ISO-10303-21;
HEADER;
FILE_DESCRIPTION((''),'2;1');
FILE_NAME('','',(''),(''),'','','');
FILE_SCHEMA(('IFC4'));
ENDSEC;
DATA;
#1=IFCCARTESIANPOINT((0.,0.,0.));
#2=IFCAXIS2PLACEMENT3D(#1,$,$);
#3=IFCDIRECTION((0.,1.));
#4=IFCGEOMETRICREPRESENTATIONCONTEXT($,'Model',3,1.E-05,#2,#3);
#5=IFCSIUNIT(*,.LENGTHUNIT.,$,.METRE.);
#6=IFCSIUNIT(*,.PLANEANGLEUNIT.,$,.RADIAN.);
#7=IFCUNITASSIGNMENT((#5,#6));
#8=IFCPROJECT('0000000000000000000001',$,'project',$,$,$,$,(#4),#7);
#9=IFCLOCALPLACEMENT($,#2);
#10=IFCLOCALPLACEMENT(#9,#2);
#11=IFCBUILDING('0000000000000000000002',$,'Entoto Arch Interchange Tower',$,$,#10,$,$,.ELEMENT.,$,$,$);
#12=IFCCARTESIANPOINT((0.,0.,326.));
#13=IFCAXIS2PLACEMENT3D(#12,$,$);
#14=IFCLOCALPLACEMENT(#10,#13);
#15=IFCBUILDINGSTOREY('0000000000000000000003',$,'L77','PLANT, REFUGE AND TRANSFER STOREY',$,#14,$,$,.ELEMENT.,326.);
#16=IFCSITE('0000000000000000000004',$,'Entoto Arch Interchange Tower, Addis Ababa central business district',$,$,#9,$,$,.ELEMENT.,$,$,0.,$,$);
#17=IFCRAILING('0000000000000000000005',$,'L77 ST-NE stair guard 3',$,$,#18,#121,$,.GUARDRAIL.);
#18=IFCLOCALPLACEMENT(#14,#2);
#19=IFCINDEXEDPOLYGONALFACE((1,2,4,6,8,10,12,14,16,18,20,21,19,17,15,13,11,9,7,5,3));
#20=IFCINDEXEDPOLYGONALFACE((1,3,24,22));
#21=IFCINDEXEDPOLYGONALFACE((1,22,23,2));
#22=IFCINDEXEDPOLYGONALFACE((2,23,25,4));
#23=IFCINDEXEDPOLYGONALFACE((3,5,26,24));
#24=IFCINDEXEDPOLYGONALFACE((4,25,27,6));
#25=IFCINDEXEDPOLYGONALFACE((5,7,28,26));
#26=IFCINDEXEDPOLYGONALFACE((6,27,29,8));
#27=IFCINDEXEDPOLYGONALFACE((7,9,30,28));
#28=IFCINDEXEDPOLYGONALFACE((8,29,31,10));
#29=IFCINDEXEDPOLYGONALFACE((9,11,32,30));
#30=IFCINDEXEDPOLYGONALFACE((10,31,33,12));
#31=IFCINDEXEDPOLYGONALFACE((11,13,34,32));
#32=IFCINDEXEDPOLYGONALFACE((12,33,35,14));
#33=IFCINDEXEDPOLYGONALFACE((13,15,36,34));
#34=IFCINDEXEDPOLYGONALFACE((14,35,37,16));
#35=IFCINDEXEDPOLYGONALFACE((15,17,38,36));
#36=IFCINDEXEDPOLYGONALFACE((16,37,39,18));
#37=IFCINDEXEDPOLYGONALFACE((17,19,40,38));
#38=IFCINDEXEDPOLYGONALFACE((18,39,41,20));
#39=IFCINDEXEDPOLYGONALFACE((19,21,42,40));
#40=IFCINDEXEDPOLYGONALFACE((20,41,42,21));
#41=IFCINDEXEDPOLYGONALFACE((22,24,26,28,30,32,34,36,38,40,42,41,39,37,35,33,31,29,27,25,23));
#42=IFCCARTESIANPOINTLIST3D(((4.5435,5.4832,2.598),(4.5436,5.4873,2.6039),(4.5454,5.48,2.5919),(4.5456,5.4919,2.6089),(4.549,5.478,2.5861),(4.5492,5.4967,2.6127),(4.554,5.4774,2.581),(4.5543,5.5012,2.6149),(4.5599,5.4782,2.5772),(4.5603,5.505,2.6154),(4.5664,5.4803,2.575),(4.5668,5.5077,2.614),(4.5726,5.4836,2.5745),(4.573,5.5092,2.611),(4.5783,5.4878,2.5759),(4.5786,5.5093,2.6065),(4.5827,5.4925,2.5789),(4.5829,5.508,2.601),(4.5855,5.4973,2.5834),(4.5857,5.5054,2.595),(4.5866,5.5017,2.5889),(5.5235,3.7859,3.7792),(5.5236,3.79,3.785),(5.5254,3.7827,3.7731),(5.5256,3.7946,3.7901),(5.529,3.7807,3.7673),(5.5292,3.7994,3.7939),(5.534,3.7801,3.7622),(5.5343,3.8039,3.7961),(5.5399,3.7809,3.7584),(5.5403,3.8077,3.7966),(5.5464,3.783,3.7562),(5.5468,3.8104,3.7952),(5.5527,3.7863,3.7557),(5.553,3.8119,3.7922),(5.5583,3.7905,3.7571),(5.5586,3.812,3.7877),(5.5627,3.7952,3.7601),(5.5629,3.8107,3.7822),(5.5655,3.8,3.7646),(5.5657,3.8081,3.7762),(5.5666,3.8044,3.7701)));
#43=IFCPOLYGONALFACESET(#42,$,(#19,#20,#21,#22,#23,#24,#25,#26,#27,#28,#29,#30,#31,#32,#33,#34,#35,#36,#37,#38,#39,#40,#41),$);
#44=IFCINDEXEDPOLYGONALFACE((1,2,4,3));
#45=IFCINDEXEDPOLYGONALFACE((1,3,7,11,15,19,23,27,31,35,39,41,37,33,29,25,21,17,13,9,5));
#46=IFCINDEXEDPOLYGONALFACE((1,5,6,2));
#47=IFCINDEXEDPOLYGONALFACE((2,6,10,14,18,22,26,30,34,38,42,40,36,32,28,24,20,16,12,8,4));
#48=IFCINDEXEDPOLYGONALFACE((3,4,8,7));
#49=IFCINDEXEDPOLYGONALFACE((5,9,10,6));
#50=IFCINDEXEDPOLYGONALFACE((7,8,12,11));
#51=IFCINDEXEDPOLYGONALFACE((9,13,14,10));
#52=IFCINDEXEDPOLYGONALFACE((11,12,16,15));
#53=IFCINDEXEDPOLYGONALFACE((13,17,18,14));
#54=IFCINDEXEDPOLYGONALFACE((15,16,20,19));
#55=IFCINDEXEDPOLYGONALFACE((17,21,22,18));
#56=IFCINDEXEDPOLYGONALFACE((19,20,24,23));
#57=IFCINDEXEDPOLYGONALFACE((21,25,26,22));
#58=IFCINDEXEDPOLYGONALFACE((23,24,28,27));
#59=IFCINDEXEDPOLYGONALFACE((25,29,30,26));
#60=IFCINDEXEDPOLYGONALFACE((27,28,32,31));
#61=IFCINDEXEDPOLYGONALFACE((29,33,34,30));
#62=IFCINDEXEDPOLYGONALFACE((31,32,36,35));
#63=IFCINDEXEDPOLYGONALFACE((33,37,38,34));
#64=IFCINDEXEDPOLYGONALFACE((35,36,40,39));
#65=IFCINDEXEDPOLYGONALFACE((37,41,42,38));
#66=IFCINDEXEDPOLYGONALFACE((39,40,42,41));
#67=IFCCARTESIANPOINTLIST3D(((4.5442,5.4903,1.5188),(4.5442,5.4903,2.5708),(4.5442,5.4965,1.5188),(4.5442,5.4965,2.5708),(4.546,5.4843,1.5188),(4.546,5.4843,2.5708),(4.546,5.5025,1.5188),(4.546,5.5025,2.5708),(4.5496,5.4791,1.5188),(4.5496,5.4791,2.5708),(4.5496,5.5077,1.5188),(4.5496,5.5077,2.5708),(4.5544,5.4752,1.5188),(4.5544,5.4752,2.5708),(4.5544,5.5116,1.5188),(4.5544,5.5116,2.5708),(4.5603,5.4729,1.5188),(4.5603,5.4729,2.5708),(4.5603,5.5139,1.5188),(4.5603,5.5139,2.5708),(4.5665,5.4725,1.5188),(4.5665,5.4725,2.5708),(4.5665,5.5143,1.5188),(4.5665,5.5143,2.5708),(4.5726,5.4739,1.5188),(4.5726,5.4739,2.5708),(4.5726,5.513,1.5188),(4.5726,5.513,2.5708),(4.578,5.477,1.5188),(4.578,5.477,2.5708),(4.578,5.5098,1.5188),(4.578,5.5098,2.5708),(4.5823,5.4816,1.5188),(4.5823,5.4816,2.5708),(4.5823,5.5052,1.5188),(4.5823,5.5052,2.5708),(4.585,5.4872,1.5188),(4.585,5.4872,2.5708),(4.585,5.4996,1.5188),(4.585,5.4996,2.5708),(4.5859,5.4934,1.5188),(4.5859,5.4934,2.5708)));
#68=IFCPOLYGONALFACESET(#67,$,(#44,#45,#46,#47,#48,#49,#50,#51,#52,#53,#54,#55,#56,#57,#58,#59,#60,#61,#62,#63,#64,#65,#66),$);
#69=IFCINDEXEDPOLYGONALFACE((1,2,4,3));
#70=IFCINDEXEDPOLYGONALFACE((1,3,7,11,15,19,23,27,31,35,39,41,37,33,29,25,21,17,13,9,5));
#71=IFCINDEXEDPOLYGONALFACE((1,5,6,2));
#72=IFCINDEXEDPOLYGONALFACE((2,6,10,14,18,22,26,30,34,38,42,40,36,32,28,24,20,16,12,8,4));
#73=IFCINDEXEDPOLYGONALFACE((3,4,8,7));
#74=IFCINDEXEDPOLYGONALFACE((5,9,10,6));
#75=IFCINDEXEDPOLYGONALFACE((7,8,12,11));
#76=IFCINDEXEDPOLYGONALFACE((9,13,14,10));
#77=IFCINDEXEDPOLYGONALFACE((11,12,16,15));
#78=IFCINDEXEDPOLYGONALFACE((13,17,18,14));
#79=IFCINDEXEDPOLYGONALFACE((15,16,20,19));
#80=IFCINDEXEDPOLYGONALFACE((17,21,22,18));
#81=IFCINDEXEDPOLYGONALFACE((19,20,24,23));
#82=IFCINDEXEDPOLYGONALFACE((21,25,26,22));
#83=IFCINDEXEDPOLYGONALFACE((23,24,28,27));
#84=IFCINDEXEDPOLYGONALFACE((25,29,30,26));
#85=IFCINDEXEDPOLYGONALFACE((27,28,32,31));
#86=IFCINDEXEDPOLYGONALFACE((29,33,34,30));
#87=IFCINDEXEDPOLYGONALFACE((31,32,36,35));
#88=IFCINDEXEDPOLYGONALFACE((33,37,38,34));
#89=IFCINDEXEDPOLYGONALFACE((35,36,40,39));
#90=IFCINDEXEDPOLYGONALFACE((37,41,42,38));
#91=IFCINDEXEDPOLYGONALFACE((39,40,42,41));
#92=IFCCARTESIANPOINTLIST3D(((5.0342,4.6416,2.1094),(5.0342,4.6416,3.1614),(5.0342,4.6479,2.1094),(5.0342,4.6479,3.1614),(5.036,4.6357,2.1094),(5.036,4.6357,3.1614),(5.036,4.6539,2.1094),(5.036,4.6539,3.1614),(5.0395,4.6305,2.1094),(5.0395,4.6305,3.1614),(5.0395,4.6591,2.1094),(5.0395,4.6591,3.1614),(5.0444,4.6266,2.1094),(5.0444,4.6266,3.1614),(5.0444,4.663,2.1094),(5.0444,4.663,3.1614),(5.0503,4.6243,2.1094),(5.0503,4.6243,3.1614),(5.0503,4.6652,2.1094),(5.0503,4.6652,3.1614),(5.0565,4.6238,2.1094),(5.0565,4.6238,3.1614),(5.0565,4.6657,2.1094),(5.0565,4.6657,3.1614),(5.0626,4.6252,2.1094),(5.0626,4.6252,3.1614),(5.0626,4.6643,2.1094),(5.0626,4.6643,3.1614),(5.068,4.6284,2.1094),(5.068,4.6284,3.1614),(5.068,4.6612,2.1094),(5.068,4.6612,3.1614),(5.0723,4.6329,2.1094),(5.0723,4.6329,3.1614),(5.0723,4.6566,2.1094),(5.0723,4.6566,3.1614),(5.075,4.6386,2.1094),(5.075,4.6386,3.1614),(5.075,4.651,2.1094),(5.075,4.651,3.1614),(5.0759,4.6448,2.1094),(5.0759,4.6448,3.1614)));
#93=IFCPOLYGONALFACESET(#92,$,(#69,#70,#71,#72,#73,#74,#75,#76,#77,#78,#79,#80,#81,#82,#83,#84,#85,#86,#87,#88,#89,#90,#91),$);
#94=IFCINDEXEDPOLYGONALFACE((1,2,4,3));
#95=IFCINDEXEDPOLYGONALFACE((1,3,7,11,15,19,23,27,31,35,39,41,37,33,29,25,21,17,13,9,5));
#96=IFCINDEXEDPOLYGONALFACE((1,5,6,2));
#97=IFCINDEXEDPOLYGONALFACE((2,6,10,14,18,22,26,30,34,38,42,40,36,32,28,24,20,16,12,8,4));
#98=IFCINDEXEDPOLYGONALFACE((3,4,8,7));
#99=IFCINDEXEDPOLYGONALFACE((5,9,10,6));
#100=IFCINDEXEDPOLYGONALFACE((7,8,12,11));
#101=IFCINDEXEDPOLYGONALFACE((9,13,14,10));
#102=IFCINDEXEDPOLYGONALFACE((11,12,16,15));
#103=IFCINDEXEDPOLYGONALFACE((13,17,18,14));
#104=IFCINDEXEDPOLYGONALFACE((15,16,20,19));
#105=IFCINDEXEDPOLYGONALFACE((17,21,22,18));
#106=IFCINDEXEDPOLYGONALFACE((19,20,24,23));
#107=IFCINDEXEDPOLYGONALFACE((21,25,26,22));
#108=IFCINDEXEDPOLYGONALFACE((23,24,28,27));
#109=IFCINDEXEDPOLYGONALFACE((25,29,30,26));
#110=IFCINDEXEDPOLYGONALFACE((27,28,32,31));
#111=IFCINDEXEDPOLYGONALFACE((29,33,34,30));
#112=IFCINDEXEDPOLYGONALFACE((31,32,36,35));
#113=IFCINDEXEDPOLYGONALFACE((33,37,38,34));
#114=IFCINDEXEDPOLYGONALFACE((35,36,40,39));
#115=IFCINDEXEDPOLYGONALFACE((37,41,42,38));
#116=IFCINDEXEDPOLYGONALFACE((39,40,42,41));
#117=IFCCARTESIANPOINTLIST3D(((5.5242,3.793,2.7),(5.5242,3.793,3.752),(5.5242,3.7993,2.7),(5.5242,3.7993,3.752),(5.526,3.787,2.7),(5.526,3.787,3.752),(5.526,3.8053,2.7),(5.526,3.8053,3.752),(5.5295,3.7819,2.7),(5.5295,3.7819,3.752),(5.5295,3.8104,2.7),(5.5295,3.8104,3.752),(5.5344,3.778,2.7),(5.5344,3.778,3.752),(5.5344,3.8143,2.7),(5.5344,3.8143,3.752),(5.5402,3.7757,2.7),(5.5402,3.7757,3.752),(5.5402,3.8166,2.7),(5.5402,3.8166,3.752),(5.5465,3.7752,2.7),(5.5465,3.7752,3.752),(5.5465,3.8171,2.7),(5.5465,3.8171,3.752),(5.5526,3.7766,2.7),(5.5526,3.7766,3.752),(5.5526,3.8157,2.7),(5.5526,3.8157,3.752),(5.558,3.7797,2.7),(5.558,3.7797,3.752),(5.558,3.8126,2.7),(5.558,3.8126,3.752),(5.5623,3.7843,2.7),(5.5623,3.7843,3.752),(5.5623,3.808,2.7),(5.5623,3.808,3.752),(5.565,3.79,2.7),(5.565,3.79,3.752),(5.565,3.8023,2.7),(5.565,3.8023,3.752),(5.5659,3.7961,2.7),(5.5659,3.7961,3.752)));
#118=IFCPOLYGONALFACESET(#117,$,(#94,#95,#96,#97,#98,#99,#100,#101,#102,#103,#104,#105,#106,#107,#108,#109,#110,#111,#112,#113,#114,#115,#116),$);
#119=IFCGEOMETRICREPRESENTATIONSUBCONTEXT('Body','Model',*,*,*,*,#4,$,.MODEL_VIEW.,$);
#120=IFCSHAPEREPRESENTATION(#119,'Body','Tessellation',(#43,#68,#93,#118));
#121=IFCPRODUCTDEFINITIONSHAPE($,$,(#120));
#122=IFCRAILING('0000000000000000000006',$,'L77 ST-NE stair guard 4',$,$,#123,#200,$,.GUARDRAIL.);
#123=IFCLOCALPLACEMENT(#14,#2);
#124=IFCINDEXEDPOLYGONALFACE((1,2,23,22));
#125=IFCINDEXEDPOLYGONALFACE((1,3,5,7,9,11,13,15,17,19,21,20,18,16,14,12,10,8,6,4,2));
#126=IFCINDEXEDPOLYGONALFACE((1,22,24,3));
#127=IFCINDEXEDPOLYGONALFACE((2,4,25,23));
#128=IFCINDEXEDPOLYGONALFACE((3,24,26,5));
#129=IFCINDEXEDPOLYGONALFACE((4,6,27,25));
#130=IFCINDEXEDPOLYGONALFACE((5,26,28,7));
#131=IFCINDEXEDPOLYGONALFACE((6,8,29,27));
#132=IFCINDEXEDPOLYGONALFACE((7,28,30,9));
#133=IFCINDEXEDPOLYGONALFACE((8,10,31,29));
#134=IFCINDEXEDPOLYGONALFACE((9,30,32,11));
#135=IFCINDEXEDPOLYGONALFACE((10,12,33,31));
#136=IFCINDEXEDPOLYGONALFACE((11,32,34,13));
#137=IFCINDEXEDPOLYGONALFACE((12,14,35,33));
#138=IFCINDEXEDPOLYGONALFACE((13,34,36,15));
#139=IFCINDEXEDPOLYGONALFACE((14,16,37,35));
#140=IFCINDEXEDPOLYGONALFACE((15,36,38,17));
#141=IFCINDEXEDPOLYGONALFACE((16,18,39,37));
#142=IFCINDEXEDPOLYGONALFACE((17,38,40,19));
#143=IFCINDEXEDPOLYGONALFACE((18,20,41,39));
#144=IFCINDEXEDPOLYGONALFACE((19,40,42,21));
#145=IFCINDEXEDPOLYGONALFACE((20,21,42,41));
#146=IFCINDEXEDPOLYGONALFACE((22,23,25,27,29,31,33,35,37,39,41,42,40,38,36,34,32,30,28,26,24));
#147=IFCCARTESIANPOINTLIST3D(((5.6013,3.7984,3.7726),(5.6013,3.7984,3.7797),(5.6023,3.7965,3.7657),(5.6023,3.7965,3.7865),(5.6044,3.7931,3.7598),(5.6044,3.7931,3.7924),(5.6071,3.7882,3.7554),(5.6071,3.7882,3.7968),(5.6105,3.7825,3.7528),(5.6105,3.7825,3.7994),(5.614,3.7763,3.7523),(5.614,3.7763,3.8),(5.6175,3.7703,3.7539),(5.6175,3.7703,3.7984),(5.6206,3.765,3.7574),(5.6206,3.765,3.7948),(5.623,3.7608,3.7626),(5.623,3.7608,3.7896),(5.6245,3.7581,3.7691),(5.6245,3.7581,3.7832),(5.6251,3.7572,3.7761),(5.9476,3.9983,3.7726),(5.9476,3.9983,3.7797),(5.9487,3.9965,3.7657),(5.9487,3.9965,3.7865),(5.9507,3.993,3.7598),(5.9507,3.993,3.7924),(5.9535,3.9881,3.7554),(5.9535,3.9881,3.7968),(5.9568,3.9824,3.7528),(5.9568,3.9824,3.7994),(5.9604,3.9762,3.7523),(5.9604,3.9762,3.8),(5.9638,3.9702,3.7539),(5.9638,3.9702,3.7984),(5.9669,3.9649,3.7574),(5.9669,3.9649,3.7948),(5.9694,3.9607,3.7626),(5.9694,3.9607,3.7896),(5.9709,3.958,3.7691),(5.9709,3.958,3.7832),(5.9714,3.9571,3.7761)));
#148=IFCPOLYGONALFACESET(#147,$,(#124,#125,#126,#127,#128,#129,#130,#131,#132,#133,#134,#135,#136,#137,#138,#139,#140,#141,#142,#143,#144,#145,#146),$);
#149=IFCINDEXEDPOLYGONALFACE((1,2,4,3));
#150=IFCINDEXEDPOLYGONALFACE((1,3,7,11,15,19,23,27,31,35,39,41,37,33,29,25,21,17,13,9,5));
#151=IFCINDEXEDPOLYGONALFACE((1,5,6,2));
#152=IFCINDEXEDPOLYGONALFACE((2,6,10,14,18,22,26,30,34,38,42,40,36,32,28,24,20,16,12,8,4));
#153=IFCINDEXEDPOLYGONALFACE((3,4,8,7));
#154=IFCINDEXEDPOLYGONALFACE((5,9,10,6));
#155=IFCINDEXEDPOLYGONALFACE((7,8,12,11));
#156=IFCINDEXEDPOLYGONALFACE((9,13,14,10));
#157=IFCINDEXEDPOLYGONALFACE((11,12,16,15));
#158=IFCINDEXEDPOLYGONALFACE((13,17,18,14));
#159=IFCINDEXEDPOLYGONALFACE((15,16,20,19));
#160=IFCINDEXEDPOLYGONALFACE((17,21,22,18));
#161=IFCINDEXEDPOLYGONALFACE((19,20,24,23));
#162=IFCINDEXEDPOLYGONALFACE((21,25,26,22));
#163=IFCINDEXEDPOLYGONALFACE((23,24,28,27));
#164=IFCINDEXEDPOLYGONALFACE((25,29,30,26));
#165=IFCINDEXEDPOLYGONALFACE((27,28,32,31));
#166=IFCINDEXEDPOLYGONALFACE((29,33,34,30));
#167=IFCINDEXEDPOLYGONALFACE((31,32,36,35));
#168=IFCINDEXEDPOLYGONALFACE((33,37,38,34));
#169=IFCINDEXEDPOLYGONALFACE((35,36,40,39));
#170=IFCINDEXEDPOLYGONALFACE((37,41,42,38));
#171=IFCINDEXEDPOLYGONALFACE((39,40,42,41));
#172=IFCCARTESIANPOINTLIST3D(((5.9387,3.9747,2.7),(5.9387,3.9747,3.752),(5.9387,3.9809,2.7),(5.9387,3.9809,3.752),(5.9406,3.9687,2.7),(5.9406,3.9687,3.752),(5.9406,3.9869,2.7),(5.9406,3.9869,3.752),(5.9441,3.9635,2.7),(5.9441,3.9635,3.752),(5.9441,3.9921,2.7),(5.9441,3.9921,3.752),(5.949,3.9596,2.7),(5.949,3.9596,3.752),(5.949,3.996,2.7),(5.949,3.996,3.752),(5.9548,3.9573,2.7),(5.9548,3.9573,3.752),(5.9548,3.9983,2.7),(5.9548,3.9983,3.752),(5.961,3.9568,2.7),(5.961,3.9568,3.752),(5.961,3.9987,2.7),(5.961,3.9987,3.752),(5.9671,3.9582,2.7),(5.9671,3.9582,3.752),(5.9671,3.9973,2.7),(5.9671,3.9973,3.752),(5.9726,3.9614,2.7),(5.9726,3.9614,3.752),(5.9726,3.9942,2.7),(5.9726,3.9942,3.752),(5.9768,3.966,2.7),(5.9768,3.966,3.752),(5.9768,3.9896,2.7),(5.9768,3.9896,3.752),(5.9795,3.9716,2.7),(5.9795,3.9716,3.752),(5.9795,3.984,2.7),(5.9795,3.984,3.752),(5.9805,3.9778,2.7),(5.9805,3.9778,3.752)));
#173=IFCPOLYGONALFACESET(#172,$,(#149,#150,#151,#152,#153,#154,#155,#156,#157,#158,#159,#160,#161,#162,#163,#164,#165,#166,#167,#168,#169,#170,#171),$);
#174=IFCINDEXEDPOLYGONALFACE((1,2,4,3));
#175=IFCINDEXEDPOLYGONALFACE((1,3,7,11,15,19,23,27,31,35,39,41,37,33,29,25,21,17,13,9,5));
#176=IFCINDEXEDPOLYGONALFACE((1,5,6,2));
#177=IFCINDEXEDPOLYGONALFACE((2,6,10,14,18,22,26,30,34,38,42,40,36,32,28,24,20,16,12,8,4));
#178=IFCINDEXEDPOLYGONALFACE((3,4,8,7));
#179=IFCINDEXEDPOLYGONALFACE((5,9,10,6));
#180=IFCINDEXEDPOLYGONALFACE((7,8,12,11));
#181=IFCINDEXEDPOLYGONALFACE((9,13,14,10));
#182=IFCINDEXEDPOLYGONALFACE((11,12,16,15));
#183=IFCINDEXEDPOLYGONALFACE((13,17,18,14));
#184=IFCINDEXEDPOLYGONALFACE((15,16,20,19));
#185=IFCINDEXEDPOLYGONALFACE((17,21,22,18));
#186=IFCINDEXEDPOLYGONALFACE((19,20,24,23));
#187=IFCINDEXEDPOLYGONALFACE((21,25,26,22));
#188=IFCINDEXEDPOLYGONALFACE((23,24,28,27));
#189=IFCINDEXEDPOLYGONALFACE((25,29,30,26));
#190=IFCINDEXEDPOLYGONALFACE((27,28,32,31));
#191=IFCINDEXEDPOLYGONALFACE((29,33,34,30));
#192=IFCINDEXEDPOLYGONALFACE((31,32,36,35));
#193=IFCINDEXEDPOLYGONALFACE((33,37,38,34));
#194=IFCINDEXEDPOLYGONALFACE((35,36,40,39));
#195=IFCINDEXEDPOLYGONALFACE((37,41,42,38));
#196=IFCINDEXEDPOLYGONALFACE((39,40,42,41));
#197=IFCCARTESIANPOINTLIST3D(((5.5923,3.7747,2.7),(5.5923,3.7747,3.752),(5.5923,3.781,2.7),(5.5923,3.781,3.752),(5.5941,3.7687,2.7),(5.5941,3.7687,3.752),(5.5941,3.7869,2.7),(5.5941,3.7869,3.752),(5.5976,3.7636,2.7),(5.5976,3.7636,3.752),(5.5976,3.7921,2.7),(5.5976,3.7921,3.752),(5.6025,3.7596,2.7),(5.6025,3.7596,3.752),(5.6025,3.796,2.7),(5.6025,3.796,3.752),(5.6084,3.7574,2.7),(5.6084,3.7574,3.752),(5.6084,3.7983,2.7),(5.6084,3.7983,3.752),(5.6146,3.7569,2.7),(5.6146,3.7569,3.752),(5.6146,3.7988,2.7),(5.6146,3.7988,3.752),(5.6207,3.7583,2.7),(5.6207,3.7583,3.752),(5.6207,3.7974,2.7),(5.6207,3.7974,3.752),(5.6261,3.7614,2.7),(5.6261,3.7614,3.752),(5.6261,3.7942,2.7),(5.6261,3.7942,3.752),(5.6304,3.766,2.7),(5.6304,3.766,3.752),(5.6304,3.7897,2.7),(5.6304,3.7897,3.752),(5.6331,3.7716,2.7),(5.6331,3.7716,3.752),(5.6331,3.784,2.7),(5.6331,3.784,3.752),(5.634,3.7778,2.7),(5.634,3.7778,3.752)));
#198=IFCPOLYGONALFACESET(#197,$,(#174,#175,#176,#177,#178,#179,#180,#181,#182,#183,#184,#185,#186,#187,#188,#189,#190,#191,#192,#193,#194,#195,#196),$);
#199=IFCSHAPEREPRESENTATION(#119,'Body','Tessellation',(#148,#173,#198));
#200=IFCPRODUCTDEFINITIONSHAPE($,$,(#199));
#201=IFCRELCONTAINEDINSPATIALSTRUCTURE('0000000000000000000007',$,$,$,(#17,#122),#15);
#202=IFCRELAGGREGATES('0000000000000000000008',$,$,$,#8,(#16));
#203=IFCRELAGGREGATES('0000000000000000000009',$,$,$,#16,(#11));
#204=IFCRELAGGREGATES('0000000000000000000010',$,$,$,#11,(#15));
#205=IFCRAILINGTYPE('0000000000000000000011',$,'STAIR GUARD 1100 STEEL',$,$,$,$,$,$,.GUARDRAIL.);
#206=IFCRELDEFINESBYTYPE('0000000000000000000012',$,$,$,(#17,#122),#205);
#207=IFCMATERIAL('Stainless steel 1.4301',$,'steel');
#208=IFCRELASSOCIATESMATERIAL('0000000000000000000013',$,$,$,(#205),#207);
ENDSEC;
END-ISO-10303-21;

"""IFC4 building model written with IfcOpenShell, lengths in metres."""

from ifc_helpers import new_model, si_unit, direction, frame, origin, origin_2d, place, context, subcontext, project, spatial, circle, extrude, material, type_object, element, save


model = new_model("IFC4")

# Units and contexts
model_context = context("Model", 3, precision=1e-05, world=origin(), true_north=direction((0.0, 1.0)))
body_context = subcontext(model_context, "Body", "Model", "MODEL_VIEW")
ifc_project = project(units=[si_unit("LENGTHUNIT", "METRE"), si_unit("PLANEANGLEUNIT", "RADIAN")], contexts=[model_context])

# Site, building, storey
site_placement = place(None, origin())
site = spatial("IfcSite", under=ifc_project, at=site_placement, Name="Entoto Arch Interchange Tower, Addis Ababa central business district", CompositionType="ELEMENT", RefElevation=0.0)
building_placement = place(site_placement, origin())
building = spatial("IfcBuilding", under=site, at=building_placement, Name="Entoto Arch Interchange Tower", CompositionType="ELEMENT")
storey_placement = place(building_placement, frame((0.0, 0.0, 326.0)))
storey = spatial("IfcBuildingStorey", under=building, at=storey_placement, Name="L77", Description="PLANT, REFUGE AND TRANSFER STOREY", CompositionType="ELEMENT", Elevation=326.0)

# Railings
ifc_material_1 = material(Name="Stainless steel 1.4301", Category="steel")
railing_type_1 = type_object("IfcRailingType", Name="STAIR GUARD 1100 STEEL", PredefinedType="GUARDRAIL", material=ifc_material_1)
railing_1_placement = place(storey_placement, frame((4.5649, 5.4934, 1.5188)))
element("IfcRailing", 1, at=railing_1_placement, inside=storey, type_object=railing_type_1, Name="L77 ST-NE stair guard 3", PredefinedType="GUARDRAIL", context=body_context, shape_type="SweptSolid", body=[
    extrude(circle(Radius=0.0239, at=origin_2d()), frame((0.0, 0.0, 1.0762), z_axis=(0.428262, -0.741723, 0.516176), x_axis=(0.866011, 0.500024, 0.0)), (0.0, 0.0, 1.0), 2.2883),
    extrude(circle(Radius=0.021, at=origin_2d()), origin(), (0.0, 0.0, 1.0), 1.052),
    extrude(circle(Radius=0.021, at=origin_2d()), frame((0.49, -0.8486, 0.5906)), (0.0, 0.0, 1.0), 1.052),
    extrude(circle(Radius=0.021, at=origin_2d()), frame((0.98, -1.6973, 1.1812)), (0.0, 0.0, 1.0), 1.052),
])
railing_2_placement = place(storey_placement, frame((5.9595, 3.9778, 2.7)))
element("IfcRailing", 2, at=railing_2_placement, inside=storey, type_object=railing_type_1, Name="L77 ST-NE stair guard 4", PredefinedType="GUARDRAIL", context=body_context, shape_type="SweptSolid", body=[
    extrude(circle(Radius=0.0239, at=origin_2d()), frame((0.0, 0.0, 1.0762), z_axis=(-0.866094, -0.499881, 0.0), x_axis=(0.499881, -0.866094, 0.0)), (0.0, 0.0, 1.0), 0.3999),
    extrude(circle(Radius=0.021, at=origin_2d()), origin(), (0.0, 0.0, 1.0), 1.052),
    extrude(circle(Radius=0.021, at=origin_2d()), frame((-0.3464, -0.2, 0.0)), (0.0, 0.0, 1.0), 1.052),
])

save(model, "model.ifc")
